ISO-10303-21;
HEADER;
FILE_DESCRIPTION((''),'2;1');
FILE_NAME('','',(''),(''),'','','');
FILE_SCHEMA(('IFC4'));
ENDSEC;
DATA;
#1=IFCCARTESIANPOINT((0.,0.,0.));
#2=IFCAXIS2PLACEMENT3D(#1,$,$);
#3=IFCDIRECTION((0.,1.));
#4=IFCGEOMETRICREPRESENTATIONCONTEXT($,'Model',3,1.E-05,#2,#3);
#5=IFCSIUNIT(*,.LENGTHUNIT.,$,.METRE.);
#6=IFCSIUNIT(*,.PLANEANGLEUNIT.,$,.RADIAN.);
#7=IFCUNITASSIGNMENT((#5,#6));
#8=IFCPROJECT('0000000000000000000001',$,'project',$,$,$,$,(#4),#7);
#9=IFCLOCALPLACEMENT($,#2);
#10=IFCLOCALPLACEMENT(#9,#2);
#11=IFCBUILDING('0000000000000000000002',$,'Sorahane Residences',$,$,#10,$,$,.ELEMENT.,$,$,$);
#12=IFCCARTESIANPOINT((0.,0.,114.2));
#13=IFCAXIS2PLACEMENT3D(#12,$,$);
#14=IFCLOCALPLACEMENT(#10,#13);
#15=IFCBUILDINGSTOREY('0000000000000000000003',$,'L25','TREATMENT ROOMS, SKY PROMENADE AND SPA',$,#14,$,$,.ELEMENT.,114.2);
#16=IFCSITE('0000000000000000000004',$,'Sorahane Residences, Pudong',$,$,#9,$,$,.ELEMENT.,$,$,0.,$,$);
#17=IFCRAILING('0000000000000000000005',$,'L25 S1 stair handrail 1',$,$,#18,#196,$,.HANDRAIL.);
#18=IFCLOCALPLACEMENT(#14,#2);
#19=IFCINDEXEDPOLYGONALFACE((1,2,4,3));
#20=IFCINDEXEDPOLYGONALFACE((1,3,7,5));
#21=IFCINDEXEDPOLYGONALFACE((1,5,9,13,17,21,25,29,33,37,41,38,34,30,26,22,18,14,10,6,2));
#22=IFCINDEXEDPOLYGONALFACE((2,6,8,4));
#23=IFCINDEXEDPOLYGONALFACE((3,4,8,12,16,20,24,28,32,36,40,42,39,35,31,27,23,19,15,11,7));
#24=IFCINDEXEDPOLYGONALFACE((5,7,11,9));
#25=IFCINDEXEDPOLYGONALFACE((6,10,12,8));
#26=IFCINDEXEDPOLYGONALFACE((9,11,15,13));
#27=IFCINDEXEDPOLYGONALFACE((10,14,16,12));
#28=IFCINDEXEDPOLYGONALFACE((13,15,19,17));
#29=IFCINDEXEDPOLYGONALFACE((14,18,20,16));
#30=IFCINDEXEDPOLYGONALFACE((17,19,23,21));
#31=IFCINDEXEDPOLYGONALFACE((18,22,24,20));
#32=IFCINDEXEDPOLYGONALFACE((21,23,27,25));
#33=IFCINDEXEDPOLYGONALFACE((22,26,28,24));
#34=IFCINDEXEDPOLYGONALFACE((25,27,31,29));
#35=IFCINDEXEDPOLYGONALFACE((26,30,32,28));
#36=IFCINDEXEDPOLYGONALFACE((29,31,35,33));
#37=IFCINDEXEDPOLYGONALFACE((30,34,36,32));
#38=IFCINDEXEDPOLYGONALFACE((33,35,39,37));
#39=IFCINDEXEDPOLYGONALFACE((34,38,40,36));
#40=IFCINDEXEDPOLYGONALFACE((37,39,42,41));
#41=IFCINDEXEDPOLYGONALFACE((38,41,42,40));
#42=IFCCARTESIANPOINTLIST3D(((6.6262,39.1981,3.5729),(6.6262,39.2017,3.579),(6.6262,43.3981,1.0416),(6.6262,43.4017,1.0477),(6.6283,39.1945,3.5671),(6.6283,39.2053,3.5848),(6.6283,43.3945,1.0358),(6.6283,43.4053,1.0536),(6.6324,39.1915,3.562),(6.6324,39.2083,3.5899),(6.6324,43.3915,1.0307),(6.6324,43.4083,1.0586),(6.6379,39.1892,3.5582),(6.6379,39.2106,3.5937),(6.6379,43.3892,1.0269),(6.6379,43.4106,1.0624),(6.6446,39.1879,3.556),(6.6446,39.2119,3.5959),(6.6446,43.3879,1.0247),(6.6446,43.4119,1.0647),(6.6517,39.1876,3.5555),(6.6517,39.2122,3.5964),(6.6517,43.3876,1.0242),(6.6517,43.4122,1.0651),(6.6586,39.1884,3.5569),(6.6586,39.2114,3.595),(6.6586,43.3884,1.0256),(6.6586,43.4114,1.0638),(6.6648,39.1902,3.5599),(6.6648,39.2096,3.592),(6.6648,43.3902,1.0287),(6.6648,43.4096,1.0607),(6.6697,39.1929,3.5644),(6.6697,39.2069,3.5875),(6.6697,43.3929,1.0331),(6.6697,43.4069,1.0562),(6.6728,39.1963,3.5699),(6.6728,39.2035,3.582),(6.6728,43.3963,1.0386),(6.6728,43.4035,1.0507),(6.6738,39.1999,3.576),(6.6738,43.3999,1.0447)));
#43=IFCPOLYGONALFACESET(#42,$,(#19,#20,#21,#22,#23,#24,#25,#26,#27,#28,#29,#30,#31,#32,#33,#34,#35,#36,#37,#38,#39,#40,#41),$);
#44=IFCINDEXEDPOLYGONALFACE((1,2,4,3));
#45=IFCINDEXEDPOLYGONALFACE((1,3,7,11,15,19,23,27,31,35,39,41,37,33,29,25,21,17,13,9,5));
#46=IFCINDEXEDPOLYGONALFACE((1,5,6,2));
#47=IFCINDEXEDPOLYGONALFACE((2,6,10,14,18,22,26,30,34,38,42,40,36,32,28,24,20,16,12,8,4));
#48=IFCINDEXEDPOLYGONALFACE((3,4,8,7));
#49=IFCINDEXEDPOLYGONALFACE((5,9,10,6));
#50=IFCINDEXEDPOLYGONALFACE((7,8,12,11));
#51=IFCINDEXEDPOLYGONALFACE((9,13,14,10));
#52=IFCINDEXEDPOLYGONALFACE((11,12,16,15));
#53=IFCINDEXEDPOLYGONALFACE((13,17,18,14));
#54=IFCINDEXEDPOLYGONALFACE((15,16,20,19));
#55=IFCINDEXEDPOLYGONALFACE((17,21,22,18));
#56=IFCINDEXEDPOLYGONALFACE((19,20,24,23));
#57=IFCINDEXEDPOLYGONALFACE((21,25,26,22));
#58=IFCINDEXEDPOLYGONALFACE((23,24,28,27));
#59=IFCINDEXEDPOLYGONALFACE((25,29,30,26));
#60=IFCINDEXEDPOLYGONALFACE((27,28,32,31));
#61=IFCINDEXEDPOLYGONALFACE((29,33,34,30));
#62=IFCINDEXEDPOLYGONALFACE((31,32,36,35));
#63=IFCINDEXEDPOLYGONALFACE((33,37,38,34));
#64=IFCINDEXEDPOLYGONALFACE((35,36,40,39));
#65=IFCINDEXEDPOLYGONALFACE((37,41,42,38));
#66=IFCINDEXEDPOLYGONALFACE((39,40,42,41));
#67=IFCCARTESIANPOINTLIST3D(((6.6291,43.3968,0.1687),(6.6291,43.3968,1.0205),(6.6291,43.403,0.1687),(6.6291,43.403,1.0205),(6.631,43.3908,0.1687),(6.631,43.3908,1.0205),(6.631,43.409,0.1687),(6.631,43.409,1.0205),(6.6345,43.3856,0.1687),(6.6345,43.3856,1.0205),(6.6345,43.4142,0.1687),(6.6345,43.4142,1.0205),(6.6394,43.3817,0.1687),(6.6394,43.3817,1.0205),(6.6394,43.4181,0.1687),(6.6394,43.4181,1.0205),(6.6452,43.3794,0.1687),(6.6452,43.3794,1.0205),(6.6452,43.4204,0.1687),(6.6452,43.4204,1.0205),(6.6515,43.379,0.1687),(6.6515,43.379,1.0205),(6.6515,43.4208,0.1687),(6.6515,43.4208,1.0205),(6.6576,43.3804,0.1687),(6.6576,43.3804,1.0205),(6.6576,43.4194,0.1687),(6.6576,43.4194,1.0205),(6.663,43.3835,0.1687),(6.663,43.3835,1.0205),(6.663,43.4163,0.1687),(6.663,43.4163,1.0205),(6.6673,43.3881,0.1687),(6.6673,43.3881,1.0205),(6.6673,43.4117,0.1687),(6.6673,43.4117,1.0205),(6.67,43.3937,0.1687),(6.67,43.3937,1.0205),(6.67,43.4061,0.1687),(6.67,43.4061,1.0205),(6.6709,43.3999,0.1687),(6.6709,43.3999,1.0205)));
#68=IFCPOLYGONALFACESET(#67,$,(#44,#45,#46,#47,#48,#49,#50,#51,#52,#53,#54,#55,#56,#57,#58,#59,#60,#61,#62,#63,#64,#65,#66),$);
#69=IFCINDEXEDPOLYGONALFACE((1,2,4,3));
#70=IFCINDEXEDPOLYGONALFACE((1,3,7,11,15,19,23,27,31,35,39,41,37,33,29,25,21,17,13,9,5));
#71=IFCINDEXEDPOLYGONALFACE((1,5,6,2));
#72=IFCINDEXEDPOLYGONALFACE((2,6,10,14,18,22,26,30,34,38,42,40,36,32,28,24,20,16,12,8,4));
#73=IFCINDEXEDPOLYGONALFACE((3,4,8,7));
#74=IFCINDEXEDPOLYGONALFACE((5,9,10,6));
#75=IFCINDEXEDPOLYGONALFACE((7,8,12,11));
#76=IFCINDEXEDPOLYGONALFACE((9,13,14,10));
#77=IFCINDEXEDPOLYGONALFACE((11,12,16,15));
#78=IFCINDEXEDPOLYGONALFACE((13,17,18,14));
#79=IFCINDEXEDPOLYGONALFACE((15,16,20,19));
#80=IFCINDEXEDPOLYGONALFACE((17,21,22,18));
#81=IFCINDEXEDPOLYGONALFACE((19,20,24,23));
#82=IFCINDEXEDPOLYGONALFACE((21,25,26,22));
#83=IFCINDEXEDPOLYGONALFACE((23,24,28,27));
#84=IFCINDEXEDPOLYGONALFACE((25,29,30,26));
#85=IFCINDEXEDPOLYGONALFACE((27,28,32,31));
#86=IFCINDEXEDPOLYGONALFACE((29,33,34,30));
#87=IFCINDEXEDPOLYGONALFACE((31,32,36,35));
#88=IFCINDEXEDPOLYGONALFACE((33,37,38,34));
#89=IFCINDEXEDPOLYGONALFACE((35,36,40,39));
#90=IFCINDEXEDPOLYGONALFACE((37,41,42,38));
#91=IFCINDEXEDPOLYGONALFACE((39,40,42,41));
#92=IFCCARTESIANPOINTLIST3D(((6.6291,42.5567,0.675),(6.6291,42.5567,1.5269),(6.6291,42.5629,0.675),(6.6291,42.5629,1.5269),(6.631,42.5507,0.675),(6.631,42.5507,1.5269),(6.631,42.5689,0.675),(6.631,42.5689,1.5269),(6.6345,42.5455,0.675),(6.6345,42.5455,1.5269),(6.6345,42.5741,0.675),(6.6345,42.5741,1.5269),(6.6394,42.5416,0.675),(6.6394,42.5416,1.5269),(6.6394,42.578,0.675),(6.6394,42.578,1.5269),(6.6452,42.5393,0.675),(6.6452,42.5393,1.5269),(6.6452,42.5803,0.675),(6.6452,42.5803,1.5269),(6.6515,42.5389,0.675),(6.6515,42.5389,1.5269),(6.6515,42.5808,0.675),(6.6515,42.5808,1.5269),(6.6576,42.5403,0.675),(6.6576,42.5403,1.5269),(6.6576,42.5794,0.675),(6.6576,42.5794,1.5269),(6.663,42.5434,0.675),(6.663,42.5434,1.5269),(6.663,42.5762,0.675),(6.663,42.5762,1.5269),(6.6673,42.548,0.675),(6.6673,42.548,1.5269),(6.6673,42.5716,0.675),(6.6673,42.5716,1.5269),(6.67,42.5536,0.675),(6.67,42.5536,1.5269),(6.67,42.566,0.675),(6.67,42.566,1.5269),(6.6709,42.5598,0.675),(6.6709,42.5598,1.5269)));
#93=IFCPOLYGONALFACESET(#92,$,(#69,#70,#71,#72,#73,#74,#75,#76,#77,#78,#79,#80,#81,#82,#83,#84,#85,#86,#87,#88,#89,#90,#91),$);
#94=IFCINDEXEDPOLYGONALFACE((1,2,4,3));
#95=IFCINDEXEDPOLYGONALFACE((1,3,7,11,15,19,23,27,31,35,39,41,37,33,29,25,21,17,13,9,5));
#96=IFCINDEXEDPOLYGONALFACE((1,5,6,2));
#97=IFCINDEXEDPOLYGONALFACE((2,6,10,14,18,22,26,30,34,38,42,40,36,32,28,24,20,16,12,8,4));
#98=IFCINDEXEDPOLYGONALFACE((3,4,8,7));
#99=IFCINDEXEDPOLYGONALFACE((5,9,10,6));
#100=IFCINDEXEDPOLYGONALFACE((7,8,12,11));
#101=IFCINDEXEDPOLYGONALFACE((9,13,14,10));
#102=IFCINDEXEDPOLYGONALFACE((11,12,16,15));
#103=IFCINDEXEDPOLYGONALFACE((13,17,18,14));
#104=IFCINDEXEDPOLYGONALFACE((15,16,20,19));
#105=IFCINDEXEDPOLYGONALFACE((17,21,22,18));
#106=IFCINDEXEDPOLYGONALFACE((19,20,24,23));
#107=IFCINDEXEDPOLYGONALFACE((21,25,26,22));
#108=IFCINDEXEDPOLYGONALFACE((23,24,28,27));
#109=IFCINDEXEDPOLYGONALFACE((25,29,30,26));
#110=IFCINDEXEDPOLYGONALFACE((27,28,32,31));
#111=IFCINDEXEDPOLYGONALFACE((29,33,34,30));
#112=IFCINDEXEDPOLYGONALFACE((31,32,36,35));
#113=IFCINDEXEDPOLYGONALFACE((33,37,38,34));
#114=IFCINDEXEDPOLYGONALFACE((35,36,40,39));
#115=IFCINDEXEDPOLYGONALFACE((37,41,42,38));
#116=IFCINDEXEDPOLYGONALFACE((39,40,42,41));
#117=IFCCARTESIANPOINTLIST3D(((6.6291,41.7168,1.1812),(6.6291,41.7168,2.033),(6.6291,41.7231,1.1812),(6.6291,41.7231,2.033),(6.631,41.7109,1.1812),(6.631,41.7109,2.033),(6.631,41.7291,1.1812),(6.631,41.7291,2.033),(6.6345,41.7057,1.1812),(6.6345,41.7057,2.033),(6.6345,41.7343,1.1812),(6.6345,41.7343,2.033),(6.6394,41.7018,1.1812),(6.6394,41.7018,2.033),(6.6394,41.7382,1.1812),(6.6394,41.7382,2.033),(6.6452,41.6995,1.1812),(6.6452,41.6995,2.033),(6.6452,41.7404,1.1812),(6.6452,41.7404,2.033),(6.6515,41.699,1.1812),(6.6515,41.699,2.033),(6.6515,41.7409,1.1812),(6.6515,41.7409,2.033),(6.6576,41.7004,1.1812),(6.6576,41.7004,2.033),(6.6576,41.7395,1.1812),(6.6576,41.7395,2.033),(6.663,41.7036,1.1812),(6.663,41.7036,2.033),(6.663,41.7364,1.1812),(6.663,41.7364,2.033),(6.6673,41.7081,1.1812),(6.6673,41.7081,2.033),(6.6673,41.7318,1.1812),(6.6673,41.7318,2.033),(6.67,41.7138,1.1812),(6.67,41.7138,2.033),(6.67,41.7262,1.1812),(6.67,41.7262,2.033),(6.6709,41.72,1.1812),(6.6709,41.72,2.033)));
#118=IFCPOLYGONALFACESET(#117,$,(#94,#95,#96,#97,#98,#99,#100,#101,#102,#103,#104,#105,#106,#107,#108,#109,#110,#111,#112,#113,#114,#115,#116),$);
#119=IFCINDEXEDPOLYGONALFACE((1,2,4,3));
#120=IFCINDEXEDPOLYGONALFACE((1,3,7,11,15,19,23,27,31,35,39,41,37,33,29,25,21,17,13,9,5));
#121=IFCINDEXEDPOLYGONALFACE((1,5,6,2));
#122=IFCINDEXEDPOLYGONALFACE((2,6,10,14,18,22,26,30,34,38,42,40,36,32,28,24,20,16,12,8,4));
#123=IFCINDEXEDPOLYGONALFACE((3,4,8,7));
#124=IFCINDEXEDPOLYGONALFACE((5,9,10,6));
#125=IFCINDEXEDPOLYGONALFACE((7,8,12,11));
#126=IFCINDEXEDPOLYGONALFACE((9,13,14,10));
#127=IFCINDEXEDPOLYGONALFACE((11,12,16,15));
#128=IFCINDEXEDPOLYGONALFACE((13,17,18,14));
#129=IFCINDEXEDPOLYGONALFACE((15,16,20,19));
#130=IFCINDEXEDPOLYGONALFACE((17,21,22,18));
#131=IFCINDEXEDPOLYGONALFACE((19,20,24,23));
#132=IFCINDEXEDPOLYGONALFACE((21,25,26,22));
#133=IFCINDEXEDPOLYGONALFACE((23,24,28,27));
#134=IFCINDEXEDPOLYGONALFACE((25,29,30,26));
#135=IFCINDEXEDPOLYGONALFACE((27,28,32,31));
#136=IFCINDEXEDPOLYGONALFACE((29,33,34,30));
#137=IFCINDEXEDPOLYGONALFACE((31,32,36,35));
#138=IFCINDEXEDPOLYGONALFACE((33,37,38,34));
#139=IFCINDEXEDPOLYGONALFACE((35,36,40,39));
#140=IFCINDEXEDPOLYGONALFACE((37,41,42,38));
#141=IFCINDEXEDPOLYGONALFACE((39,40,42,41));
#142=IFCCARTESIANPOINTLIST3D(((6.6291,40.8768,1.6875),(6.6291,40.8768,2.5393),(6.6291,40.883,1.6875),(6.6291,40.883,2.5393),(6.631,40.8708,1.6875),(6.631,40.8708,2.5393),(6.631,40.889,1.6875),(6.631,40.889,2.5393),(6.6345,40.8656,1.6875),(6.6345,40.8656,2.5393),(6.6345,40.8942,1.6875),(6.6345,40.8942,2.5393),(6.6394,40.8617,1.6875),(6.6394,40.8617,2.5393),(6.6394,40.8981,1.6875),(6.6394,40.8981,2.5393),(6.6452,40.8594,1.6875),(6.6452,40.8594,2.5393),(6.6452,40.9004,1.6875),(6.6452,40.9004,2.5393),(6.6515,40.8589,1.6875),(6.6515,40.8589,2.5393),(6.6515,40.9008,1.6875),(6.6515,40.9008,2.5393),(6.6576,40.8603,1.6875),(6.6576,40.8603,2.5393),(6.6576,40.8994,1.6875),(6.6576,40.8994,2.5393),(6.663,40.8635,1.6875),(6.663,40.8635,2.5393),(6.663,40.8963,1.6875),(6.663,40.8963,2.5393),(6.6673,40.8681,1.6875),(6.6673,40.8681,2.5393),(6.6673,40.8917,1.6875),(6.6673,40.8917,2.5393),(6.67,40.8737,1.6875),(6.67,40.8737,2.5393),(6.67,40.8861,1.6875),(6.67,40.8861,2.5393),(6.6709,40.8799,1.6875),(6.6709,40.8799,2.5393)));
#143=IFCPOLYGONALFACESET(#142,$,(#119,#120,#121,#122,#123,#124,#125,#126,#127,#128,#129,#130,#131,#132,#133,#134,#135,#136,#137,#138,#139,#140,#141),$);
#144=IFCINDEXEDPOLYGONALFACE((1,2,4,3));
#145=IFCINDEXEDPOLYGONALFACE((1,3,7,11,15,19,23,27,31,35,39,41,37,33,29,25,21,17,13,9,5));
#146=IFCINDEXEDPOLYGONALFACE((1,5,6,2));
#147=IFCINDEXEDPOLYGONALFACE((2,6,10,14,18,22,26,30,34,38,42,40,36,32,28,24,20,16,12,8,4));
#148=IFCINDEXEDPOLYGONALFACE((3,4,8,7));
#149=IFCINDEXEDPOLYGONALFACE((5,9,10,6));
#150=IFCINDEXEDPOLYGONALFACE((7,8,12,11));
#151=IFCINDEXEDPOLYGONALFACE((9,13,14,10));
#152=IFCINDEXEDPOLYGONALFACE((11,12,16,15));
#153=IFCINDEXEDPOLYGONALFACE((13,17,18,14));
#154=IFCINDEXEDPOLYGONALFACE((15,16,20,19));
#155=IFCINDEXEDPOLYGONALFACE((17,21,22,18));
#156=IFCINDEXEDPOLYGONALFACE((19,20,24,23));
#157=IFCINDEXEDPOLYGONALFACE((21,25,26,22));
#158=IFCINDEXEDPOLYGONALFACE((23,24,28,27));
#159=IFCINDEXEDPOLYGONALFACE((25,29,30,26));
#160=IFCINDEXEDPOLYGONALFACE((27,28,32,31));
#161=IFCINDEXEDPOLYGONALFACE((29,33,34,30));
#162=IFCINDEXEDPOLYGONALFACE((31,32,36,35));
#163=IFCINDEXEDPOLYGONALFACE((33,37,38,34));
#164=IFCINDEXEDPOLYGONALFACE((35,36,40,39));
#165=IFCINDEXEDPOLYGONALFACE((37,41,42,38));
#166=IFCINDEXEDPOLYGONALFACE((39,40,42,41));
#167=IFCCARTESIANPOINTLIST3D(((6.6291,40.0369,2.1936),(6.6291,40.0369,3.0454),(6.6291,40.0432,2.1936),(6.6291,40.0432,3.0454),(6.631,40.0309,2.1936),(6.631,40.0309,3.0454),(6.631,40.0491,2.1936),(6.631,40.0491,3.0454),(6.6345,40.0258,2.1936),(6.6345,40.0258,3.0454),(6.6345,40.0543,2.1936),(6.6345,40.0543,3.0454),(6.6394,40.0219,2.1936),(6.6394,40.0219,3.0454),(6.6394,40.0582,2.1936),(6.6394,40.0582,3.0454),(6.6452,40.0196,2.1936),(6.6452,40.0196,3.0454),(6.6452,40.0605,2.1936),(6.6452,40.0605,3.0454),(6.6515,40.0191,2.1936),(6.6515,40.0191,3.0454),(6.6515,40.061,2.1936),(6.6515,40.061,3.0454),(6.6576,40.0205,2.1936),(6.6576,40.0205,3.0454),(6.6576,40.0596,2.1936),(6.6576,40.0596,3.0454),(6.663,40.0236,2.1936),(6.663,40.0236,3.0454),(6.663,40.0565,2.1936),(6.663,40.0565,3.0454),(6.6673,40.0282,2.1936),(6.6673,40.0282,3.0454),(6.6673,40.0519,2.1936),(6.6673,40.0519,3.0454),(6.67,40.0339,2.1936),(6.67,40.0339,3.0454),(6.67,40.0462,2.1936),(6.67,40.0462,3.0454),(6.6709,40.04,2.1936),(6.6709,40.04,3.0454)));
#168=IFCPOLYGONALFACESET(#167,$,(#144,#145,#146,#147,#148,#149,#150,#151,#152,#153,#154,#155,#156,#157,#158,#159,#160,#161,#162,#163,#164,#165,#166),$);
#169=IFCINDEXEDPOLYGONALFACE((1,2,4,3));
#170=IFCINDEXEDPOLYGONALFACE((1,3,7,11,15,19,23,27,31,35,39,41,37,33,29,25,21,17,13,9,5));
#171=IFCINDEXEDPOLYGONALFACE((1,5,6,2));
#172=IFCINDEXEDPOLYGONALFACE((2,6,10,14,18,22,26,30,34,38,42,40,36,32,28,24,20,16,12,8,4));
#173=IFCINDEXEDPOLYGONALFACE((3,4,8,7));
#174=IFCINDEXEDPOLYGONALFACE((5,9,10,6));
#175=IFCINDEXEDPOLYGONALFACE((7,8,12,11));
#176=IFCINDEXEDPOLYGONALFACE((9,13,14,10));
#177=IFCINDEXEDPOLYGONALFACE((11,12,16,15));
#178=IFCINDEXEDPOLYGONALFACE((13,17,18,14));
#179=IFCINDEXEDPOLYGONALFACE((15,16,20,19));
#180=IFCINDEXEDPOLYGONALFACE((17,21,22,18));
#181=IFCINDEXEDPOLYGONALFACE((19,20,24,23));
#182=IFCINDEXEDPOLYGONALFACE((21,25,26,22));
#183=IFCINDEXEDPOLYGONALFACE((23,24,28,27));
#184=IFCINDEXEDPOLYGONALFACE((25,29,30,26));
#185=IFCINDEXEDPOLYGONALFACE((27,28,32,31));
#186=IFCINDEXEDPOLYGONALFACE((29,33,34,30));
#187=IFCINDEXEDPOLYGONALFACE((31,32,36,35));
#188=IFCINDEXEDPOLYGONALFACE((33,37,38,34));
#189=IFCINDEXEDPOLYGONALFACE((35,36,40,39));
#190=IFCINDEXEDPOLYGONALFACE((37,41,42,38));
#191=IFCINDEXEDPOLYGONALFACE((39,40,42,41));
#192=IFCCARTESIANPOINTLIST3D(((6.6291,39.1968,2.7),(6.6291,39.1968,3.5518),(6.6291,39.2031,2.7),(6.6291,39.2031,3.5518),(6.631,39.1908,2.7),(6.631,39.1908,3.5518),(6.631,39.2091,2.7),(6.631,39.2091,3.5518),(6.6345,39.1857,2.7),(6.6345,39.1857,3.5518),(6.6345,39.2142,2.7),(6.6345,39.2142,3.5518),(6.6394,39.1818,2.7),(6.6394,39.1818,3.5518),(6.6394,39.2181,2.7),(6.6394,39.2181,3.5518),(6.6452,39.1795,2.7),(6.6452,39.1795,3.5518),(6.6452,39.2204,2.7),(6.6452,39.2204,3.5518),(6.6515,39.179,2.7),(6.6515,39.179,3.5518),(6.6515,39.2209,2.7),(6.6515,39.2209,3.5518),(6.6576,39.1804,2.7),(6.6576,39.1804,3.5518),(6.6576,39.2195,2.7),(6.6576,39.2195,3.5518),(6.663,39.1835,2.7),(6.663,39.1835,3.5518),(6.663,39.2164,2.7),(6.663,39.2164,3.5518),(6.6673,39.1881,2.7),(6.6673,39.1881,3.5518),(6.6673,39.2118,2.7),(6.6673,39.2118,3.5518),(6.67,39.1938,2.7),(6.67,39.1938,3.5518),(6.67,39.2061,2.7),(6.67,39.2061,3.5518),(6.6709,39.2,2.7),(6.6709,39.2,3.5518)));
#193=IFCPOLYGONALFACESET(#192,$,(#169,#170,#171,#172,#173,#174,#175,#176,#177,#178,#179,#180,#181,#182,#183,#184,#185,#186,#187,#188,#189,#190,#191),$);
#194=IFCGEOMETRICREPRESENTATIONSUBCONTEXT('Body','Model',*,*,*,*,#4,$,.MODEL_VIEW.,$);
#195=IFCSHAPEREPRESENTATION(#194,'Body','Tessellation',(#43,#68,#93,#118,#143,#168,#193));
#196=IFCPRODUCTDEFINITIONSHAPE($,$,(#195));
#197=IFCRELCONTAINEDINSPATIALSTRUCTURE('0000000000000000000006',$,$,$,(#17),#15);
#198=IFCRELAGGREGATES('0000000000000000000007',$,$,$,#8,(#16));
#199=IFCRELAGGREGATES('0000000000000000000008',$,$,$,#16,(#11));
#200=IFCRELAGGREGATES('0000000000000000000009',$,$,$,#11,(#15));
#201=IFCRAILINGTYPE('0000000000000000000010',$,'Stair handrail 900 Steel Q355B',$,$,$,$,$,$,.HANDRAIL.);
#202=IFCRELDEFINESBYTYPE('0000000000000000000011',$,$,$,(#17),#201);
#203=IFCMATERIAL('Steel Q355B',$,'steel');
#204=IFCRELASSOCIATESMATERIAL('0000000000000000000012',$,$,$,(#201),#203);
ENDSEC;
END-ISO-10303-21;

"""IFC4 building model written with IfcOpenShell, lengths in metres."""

from ifc_helpers import new_model, si_unit, direction, frame, origin, origin_2d, place, context, subcontext, project, spatial, circle, extrude, material, type_object, element, save


model = new_model("IFC4")

# Units and contexts
model_context = context("Model", 3, precision=1e-05, world=origin(), true_north=direction((0.0, 1.0)))
body_context = subcontext(model_context, "Body", "Model", "MODEL_VIEW")
ifc_project = project(units=[si_unit("LENGTHUNIT", "METRE"), si_unit("PLANEANGLEUNIT", "RADIAN")], contexts=[model_context])

# Site, building, storey
site_placement = place(None, origin())
site = spatial("IfcSite", under=ifc_project, at=site_placement, Name="Sorahane Residences, Pudong", CompositionType="ELEMENT", RefElevation=0.0)
building_placement = place(site_placement, origin())
building = spatial("IfcBuilding", under=site, at=building_placement, Name="Sorahane Residences", CompositionType="ELEMENT")
storey_placement = place(building_placement, frame((0.0, 0.0, 114.2)))
storey = spatial("IfcBuildingStorey", under=building, at=storey_placement, Name="L25", Description="TREATMENT ROOMS, SKY PROMENADE AND SPA", CompositionType="ELEMENT", Elevation=114.2)

# Railing
ifc_material_1 = material(Name="Steel Q355B", Category="steel")
railing_type_1 = type_object("IfcRailingType", Name="Stair handrail 900 Steel Q355B", PredefinedType="HANDRAIL", material=ifc_material_1)
for number, where, name in (
    (1, (6.6499, 43.3999, 0.1687), "L25 S1 stair handrail 1"),
):
    element("IfcRailing", number, at=place(storey_placement, frame(where)), inside=storey, type_object=railing_type_1, Name=name, PredefinedType="HANDRAIL", context=body_context, shape_type="SweptSolid", body=[
        extrude(circle(Radius=0.0239, at=origin_2d()), frame((0.0, 0.0, 0.876), z_axis=(0.0, -0.856476, 0.516186), x_axis=(1.0, 0.0, 0.0)), (0.0, 0.0, 1.0), 4.9038),
        extrude(circle(Radius=0.021, at=origin_2d()), origin(), (0.0, 0.0, 1.0), 0.8518),
        extrude(circle(Radius=0.021, at=origin_2d()), frame((0.0, -0.8401, 0.5063)), (0.0, 0.0, 1.0), 0.8518),
        extrude(circle(Radius=0.021, at=origin_2d()), frame((0.0, -1.6799, 1.0125)), (0.0, 0.0, 1.0), 0.8518),
        extrude(circle(Radius=0.021, at=origin_2d()), frame((0.0, -2.52, 1.5188)), (0.0, 0.0, 1.0), 0.8518),
        extrude(circle(Radius=0.021, at=origin_2d()), frame((0.0, -3.3599, 2.0249)), (0.0, 0.0, 1.0), 0.8518),
        extrude(circle(Radius=0.021, at=origin_2d()), frame((0.0, -4.2, 2.5312)), (0.0, 0.0, 1.0), 0.8518),
    ])

save(model, "model.ifc")
